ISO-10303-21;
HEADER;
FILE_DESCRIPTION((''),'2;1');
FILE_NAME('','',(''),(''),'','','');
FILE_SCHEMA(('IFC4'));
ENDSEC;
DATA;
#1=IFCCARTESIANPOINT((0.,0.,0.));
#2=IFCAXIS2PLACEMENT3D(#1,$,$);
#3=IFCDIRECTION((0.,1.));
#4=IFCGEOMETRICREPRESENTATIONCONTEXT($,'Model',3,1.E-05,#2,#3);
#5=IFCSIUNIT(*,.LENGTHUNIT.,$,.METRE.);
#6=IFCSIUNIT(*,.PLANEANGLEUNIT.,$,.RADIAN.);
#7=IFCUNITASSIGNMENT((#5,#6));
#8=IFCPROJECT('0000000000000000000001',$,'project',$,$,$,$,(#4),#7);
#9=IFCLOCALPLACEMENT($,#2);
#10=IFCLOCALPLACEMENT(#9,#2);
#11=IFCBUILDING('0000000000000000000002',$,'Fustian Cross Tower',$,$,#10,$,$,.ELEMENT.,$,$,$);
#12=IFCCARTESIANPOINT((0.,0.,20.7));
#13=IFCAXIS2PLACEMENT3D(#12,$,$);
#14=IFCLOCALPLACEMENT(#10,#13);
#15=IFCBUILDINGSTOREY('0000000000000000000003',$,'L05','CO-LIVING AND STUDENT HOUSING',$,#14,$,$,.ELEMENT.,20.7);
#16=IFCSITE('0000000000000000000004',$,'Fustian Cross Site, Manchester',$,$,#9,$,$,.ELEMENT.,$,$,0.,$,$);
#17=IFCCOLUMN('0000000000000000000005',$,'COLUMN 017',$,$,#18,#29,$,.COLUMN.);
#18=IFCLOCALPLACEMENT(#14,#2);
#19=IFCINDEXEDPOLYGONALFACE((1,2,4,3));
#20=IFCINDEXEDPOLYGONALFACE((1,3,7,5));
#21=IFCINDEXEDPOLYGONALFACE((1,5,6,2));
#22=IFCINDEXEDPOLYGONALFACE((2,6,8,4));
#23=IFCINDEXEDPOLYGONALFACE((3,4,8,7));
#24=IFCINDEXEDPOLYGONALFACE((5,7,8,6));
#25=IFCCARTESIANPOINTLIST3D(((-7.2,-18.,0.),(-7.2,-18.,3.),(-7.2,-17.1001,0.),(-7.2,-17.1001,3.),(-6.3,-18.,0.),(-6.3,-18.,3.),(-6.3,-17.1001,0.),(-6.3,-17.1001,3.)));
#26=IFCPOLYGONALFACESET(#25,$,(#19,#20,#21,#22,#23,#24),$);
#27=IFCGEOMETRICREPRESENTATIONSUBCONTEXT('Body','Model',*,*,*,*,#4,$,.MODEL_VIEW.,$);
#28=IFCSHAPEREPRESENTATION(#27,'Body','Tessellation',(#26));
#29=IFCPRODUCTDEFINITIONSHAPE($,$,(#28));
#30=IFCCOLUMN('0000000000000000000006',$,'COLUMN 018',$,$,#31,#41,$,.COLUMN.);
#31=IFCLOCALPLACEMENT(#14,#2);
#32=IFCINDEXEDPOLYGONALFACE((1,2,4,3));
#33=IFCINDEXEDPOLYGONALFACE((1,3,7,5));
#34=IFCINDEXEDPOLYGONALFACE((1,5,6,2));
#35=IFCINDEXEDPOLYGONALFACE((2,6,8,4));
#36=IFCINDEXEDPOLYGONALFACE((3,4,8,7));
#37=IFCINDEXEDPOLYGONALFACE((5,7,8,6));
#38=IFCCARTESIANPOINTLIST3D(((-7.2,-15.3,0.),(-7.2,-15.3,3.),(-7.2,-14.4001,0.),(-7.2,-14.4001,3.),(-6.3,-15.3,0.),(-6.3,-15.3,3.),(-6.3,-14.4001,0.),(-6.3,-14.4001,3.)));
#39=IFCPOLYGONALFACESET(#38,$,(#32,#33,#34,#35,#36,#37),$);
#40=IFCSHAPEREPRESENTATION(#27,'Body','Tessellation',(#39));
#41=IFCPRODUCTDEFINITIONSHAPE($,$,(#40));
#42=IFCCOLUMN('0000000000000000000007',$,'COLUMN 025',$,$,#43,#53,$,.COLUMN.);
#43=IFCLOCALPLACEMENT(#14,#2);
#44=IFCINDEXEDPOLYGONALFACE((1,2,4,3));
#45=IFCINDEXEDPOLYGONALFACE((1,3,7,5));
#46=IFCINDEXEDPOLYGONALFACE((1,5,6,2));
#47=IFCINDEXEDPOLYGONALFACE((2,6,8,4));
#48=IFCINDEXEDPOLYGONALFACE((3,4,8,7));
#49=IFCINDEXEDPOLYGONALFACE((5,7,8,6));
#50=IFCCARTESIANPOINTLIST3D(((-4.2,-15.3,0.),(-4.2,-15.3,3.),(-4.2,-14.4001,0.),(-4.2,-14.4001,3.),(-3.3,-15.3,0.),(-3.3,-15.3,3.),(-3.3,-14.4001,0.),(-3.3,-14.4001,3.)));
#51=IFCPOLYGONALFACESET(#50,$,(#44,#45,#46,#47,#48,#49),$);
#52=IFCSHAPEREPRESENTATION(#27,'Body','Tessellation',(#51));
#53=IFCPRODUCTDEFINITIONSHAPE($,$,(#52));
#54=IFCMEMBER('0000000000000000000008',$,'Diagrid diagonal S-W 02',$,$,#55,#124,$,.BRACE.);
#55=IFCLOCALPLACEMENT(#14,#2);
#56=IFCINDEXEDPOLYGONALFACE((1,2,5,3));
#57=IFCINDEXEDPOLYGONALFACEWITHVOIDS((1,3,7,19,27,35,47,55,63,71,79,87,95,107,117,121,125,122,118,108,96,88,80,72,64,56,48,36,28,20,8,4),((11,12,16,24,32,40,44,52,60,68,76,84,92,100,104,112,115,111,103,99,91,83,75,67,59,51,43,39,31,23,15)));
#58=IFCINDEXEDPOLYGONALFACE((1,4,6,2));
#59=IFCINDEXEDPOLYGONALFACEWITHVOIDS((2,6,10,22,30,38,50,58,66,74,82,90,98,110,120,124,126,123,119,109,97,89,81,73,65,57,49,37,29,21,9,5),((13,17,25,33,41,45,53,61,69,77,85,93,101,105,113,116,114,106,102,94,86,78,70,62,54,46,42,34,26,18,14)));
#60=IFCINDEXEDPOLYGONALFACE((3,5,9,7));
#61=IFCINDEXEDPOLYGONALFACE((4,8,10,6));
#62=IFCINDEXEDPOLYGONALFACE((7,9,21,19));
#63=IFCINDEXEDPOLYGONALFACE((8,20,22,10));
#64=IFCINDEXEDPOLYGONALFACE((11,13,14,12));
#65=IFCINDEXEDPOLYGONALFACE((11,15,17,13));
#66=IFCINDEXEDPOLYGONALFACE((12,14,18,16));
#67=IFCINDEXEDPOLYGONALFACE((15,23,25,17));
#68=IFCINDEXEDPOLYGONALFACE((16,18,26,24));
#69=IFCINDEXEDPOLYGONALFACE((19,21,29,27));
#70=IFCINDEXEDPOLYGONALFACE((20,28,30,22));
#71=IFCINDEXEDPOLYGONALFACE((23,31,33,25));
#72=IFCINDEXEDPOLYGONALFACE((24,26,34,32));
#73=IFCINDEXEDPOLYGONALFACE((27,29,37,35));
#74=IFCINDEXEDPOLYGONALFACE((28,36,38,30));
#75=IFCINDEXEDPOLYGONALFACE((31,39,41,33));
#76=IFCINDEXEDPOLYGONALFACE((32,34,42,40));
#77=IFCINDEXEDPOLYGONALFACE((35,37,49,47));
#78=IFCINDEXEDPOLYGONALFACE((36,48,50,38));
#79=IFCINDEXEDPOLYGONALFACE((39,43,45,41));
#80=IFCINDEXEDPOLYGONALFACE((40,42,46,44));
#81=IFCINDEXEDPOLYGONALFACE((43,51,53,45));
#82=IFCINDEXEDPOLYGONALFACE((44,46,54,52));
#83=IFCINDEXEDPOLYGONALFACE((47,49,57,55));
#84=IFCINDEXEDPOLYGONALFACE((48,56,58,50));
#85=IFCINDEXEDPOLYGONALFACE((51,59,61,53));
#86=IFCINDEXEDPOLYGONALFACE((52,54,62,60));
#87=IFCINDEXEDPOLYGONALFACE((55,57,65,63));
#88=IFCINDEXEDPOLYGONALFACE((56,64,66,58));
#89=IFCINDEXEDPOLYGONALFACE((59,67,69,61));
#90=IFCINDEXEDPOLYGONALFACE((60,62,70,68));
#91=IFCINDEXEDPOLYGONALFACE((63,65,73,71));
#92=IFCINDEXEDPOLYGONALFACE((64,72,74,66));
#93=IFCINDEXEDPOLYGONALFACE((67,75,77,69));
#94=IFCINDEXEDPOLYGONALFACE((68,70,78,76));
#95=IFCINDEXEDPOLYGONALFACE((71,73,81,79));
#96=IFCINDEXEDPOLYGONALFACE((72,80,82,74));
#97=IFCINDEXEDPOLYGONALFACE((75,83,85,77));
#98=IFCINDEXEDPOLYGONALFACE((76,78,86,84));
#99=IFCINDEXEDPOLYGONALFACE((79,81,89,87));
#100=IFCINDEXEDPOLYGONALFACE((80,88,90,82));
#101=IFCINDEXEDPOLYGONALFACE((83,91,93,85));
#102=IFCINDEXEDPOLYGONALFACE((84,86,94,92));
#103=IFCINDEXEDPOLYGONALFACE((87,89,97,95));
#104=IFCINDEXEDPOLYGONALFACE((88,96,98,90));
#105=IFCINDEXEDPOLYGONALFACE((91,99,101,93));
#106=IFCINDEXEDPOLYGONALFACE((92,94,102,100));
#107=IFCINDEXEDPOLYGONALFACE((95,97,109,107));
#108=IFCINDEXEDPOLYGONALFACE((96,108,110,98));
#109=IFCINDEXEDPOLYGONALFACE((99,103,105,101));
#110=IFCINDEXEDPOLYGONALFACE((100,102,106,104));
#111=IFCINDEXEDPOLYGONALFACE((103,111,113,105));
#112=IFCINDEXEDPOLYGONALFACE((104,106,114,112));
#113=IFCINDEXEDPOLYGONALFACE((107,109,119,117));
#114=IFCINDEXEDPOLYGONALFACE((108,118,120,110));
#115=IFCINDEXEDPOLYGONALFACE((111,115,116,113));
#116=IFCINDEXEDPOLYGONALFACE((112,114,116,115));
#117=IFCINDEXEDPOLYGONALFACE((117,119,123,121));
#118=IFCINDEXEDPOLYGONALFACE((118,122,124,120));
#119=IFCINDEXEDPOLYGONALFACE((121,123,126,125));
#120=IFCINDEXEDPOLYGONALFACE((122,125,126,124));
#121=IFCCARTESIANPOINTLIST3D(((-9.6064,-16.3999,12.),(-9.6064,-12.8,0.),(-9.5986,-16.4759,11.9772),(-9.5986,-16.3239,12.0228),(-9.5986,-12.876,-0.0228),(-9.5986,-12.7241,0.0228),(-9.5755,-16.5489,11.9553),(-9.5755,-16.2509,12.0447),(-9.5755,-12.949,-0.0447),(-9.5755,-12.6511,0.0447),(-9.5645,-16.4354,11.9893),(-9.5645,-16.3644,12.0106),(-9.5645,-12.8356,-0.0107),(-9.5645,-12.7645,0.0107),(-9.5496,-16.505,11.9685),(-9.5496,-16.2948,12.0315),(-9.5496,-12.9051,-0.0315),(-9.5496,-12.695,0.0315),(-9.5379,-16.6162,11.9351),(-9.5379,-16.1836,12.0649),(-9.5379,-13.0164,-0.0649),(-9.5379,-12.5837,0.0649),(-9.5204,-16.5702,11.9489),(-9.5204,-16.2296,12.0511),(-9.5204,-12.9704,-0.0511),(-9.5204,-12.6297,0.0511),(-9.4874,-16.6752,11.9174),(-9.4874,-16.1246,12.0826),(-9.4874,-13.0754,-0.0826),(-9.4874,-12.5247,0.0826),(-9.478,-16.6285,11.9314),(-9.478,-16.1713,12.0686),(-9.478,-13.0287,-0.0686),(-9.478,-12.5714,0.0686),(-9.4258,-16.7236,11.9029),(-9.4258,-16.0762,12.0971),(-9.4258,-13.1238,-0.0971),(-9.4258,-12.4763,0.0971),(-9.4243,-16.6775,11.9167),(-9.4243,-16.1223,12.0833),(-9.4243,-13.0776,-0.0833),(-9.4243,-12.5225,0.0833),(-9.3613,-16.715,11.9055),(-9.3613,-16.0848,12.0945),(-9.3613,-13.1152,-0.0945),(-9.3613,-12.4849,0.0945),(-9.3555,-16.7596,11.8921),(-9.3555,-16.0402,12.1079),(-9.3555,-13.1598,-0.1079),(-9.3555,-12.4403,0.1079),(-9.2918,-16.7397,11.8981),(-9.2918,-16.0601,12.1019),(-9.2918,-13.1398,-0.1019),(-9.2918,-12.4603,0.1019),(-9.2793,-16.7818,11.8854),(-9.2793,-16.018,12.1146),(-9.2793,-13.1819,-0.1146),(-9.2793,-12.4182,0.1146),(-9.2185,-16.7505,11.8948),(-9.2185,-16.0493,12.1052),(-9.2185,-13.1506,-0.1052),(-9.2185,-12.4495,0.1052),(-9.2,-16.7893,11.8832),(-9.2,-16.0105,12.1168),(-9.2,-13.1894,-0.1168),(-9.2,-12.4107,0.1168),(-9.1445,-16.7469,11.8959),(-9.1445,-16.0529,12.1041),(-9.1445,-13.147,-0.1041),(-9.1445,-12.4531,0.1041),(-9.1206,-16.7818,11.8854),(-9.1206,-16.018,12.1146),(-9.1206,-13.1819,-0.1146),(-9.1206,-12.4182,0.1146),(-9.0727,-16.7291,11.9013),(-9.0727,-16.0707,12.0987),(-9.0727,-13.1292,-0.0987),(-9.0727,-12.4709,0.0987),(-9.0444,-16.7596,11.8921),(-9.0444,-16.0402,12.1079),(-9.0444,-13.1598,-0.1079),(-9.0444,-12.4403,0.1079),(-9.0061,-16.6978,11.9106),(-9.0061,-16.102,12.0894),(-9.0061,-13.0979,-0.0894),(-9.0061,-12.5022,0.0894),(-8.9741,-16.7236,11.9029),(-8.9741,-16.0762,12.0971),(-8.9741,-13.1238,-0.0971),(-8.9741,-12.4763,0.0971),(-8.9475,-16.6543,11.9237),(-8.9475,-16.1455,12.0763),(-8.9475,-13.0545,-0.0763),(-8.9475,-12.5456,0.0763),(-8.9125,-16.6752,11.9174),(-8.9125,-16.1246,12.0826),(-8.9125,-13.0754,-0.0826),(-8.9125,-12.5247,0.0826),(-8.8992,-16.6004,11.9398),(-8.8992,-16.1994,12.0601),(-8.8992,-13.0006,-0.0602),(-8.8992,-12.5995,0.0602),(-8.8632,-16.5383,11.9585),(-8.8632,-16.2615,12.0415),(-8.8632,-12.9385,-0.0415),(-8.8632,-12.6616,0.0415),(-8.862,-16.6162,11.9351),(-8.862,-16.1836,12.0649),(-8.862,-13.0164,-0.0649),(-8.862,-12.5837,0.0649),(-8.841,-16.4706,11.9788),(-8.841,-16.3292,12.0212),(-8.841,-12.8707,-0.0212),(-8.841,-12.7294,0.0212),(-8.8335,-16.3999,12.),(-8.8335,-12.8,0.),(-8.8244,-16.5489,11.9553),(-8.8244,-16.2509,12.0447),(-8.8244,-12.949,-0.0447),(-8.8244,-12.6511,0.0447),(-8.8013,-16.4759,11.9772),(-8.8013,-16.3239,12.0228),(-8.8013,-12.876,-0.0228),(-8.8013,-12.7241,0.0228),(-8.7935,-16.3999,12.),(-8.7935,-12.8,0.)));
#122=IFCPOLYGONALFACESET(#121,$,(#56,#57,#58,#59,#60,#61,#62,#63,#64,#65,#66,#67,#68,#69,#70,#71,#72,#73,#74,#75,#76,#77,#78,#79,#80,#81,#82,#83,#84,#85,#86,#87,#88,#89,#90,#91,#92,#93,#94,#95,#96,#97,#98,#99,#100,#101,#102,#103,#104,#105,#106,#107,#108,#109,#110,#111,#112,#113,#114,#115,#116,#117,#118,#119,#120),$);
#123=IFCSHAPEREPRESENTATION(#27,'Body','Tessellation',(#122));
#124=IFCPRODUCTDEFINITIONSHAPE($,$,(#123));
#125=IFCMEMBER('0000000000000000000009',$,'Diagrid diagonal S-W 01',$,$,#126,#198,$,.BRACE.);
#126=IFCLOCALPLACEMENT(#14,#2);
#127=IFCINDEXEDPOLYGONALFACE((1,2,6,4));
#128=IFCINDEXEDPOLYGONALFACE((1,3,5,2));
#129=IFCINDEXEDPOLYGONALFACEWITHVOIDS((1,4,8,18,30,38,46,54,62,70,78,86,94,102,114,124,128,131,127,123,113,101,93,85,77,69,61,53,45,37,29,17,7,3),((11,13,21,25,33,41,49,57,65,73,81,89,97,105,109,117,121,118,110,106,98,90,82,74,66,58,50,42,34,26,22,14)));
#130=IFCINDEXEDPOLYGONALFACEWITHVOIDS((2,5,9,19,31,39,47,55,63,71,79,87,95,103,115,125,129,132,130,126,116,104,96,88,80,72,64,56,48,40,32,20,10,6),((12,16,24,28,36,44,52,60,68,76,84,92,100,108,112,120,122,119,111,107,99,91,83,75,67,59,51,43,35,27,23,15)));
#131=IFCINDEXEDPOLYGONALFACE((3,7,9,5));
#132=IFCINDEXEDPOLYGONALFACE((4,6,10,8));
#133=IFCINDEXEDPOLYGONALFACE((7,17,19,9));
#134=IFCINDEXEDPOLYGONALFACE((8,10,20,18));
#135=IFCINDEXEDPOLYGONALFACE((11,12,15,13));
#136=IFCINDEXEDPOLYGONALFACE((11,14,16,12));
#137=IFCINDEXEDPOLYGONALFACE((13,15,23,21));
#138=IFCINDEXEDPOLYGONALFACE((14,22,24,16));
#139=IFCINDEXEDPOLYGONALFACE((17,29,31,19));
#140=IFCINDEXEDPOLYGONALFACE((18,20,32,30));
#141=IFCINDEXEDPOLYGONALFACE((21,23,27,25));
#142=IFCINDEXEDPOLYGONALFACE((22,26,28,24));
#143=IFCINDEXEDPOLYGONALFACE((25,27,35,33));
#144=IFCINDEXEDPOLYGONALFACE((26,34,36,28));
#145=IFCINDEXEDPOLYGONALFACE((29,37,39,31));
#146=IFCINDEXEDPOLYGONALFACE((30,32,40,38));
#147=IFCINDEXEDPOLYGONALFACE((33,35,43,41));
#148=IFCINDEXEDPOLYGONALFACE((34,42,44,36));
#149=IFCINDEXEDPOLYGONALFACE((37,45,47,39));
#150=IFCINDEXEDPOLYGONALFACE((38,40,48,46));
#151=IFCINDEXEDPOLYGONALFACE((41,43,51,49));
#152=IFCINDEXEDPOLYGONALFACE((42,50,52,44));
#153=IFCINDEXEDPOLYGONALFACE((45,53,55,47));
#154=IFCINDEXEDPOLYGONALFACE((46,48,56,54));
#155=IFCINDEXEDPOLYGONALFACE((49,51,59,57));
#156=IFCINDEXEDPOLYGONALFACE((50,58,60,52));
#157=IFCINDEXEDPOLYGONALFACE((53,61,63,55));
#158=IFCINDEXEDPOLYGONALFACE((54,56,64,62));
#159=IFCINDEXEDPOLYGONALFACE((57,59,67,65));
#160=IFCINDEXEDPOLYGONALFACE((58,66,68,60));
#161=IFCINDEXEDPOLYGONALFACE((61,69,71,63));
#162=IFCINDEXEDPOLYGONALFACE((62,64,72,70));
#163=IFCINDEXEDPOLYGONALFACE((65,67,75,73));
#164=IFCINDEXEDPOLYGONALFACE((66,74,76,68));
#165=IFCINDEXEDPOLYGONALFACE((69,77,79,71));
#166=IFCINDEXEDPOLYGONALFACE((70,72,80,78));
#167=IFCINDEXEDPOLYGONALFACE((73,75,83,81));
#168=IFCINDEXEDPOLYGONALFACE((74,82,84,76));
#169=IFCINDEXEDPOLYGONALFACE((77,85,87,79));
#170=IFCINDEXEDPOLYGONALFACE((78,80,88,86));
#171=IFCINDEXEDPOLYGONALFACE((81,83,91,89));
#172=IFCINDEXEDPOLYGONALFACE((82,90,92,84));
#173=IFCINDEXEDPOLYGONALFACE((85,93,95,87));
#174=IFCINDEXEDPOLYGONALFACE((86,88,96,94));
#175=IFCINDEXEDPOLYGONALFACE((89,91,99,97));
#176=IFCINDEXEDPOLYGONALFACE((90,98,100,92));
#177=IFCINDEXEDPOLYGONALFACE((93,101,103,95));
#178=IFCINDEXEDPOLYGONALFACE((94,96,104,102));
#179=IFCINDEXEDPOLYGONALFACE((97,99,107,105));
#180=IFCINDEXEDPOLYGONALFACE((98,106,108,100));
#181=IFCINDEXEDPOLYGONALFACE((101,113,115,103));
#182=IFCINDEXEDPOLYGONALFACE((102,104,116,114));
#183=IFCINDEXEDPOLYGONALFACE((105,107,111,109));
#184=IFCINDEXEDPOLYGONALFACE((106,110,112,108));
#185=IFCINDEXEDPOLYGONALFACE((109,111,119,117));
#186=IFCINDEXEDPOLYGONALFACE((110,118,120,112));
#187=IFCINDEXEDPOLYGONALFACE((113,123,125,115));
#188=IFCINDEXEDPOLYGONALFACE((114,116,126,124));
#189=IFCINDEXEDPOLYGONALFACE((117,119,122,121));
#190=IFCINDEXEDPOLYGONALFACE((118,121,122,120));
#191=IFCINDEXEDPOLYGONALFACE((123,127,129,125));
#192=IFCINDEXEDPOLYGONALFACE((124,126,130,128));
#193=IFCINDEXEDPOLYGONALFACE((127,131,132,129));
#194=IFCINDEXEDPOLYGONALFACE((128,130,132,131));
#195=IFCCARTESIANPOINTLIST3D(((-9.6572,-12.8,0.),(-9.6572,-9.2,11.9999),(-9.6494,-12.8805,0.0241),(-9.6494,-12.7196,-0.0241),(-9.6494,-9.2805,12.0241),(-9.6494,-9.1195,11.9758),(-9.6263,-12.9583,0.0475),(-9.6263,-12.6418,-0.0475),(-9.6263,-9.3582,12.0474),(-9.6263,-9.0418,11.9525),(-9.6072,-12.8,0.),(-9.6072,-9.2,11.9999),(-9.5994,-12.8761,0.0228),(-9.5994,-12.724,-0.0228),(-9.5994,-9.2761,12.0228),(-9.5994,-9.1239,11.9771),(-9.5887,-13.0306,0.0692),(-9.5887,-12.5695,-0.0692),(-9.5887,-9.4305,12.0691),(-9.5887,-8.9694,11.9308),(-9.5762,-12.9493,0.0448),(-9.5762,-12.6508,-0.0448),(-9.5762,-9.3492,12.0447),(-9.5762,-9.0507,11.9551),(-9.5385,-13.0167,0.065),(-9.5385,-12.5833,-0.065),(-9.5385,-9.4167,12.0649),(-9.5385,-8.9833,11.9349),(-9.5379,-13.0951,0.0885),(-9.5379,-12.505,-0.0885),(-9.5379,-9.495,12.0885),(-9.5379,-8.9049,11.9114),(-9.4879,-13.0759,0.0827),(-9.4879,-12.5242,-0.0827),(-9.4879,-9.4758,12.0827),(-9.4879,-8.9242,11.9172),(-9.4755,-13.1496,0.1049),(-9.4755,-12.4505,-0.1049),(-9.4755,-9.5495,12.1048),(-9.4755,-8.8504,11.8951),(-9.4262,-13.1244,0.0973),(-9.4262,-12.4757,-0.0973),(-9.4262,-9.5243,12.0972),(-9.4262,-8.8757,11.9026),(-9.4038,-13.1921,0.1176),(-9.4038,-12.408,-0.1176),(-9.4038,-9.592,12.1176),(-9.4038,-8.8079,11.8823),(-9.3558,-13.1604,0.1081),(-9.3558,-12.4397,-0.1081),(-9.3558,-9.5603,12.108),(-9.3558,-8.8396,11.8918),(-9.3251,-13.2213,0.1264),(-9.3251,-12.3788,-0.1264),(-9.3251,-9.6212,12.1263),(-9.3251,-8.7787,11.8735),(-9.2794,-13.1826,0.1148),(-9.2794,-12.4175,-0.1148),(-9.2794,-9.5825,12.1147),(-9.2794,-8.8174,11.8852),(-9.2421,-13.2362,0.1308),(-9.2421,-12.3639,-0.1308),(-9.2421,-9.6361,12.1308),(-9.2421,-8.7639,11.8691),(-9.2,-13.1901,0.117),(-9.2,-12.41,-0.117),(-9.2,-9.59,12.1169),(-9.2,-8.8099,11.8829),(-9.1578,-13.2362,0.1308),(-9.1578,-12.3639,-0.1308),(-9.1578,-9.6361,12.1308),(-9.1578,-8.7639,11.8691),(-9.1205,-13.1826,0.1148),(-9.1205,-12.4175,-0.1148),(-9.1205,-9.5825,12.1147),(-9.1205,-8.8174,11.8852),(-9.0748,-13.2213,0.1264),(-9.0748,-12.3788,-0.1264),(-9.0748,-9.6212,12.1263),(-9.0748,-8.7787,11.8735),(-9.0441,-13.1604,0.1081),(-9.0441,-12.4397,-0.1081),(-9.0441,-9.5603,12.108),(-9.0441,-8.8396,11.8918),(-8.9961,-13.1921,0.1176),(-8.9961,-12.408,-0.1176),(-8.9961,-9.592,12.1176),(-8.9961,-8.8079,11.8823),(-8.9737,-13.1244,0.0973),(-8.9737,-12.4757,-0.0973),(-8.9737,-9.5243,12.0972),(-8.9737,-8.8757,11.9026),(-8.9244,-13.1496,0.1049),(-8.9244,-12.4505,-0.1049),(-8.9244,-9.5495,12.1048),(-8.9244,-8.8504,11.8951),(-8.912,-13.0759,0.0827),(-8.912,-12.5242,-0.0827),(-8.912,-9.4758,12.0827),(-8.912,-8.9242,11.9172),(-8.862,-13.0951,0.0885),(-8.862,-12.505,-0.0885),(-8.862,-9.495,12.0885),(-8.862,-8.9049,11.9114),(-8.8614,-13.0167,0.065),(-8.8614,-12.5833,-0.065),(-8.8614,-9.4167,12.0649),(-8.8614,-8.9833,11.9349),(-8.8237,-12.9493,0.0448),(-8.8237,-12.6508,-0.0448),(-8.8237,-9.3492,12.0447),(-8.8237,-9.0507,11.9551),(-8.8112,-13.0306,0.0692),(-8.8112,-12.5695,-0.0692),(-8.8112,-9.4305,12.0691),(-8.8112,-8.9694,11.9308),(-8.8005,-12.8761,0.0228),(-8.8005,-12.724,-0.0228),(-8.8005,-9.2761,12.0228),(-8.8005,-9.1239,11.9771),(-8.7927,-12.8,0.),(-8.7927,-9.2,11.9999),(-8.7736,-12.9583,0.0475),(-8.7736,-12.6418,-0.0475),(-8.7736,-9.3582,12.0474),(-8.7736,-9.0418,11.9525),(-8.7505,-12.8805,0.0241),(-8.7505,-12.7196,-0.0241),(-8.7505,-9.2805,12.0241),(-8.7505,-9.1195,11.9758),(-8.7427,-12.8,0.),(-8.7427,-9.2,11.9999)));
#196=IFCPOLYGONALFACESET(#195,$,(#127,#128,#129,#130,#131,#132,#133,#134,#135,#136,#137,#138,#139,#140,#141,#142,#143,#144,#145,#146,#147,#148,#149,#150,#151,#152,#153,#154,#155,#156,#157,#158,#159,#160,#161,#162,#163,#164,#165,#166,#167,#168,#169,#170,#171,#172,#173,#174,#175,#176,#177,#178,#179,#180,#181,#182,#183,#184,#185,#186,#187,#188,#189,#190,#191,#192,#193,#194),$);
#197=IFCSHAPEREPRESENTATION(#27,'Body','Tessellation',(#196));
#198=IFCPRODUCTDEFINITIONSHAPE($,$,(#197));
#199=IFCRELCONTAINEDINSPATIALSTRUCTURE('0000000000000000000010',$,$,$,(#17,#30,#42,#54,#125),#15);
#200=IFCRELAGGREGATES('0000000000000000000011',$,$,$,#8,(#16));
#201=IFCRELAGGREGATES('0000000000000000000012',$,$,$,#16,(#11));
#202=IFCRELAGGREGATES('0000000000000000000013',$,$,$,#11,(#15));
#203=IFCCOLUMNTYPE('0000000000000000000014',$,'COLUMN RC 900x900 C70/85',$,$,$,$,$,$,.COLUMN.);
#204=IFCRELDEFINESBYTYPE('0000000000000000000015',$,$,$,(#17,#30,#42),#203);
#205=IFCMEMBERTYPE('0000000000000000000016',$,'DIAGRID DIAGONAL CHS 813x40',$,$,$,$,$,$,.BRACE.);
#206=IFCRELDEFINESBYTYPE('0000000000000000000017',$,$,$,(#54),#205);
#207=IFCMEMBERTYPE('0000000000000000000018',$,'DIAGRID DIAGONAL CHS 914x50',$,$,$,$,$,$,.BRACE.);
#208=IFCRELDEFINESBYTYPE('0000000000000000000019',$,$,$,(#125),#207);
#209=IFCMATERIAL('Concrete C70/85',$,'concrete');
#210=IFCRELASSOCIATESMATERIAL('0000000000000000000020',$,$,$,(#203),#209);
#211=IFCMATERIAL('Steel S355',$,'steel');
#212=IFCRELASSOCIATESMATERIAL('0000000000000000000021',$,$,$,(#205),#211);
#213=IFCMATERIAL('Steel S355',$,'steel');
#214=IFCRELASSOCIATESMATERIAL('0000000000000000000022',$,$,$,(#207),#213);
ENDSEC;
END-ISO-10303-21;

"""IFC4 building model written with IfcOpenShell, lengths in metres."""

from ifc_helpers import new_model, si_unit, direction, frame, origin, origin_2d, place, context, subcontext, project, spatial, rectangle, hollow_circle, extrude, material, material_profile, profile_set, type_object, element, save


model = new_model("IFC4")

# Units and contexts
model_context = context("Model", 3, precision=1e-05, world=origin(), true_north=direction((0.0, 1.0)))
body_context = subcontext(model_context, "Body", "Model", "MODEL_VIEW")
ifc_project = project(units=[si_unit("LENGTHUNIT", "METRE"), si_unit("PLANEANGLEUNIT", "RADIAN")], contexts=[model_context])

# Site, building, storey
site_placement = place(None, origin())
site = spatial("IfcSite", under=ifc_project, at=site_placement, Name="Fustian Cross Site, Manchester", CompositionType="ELEMENT", RefElevation=0.0)
building_placement = place(site_placement, origin())
building = spatial("IfcBuilding", under=site, at=building_placement, Name="Fustian Cross Tower", CompositionType="ELEMENT")
storey_placement = place(building_placement, frame((0.0, 0.0, 20.7)))
storey = spatial("IfcBuildingStorey", under=building, at=storey_placement, Name="L05", Description="CO-LIVING AND STUDENT HOUSING", CompositionType="ELEMENT", Elevation=20.7)

# Columns
ifc_material_1 = material(Name="Concrete C70/85", Category="concrete")
ifc_material_profile_1 = material_profile(ifc_material_1, rectangle(XDim=0.8999, YDim=0.8999, at=origin_2d()), Name="RC 900x900")
ifc_profile_set_1 = profile_set([ifc_material_profile_1], Name="Concrete C70/85")
column_type = type_object("IfcColumnType", Name="COLUMN RC 900x900 C70/85", PredefinedType="COLUMN", material=ifc_profile_set_1)
for number, where, z_axis, x_axis, name in (
    (1, (-6.75, -17.55, 0.0), (0.0, 0.0, 1.0), (1.0, 0.0, 0.0), "COLUMN 017"),
    (2, (-6.75, -14.8501, 0.0), (0.0, 0.0, 1.0), (1.0, 0.0, 0.0), "COLUMN 018"),
    (3, (-3.75, -14.8501, 0.0), (0.0, 0.0, 1.0), (1.0, 0.0, 0.0), "COLUMN 025"),
):
    element("IfcColumn", number, at=place(storey_placement, frame(where, z_axis=z_axis, x_axis=x_axis)), inside=storey, type_object=column_type, Name=name, PredefinedType="COLUMN", context=body_context, shape_type="SweptSolid", body=[
        extrude(rectangle(XDim=0.8999, YDim=0.8999, at=origin_2d()), origin(), (0.0, 0.0, 1.0), 3.0),
    ])

# Members
ifc_material_2 = material(Name="Steel S355", Category="steel")
ifc_material_profile_2 = material_profile(ifc_material_2, hollow_circle(Radius=0.4065, WallThickness=0.04, at=origin_2d()), Name="CHS 813x40")
ifc_profile_set_2 = profile_set([ifc_material_profile_2], Name="Steel S355")
member_type_1 = type_object("IfcMemberType", Name="DIAGRID DIAGONAL CHS 813x40", PredefinedType="BRACE", material=ifc_profile_set_2)
member_1_placement = place(storey_placement, frame((-9.2, -12.8, 0.0), z_axis=(0.0, -0.287337, 0.95783), x_axis=(1.0, 0.0, 0.0)))
element("IfcMember", 4, at=member_1_placement, inside=storey, type_object=member_type_1, Name="Diagrid diagonal S-W 02", PredefinedType="BRACE", context=body_context, shape_type="SweptSolid", body=[
    extrude(hollow_circle(Radius=0.4065, WallThickness=0.04, at=origin_2d()), origin(), (0.0, 0.0, 1.0), 12.5283),
])
ifc_material_3 = material(Name="Steel S355", Category="steel")
ifc_material_profile_3 = material_profile(ifc_material_3, hollow_circle(Radius=0.4573, WallThickness=0.05, at=origin_2d()), Name="CHS 914x50")
ifc_profile_set_3 = profile_set([ifc_material_profile_3], Name="Steel S355")
member_type_2 = type_object("IfcMemberType", Name="DIAGRID DIAGONAL CHS 914x50", PredefinedType="BRACE", material=ifc_profile_set_3)
member_2_placement = place(storey_placement, frame((-9.2, -12.8, 0.0), z_axis=(0.0, 0.287355, 0.957824), x_axis=(-1.0, 0.0, 0.0)))
element("IfcMember", 5, at=member_2_placement, inside=storey, type_object=member_type_2, Name="Diagrid diagonal S-W 01", PredefinedType="BRACE", context=body_context, shape_type="SweptSolid", body=[
    extrude(hollow_circle(Radius=0.4573, WallThickness=0.05, at=origin_2d()), origin(), (0.0, 0.0, 1.0), 12.5283),
])

save(model, "model.ifc")
